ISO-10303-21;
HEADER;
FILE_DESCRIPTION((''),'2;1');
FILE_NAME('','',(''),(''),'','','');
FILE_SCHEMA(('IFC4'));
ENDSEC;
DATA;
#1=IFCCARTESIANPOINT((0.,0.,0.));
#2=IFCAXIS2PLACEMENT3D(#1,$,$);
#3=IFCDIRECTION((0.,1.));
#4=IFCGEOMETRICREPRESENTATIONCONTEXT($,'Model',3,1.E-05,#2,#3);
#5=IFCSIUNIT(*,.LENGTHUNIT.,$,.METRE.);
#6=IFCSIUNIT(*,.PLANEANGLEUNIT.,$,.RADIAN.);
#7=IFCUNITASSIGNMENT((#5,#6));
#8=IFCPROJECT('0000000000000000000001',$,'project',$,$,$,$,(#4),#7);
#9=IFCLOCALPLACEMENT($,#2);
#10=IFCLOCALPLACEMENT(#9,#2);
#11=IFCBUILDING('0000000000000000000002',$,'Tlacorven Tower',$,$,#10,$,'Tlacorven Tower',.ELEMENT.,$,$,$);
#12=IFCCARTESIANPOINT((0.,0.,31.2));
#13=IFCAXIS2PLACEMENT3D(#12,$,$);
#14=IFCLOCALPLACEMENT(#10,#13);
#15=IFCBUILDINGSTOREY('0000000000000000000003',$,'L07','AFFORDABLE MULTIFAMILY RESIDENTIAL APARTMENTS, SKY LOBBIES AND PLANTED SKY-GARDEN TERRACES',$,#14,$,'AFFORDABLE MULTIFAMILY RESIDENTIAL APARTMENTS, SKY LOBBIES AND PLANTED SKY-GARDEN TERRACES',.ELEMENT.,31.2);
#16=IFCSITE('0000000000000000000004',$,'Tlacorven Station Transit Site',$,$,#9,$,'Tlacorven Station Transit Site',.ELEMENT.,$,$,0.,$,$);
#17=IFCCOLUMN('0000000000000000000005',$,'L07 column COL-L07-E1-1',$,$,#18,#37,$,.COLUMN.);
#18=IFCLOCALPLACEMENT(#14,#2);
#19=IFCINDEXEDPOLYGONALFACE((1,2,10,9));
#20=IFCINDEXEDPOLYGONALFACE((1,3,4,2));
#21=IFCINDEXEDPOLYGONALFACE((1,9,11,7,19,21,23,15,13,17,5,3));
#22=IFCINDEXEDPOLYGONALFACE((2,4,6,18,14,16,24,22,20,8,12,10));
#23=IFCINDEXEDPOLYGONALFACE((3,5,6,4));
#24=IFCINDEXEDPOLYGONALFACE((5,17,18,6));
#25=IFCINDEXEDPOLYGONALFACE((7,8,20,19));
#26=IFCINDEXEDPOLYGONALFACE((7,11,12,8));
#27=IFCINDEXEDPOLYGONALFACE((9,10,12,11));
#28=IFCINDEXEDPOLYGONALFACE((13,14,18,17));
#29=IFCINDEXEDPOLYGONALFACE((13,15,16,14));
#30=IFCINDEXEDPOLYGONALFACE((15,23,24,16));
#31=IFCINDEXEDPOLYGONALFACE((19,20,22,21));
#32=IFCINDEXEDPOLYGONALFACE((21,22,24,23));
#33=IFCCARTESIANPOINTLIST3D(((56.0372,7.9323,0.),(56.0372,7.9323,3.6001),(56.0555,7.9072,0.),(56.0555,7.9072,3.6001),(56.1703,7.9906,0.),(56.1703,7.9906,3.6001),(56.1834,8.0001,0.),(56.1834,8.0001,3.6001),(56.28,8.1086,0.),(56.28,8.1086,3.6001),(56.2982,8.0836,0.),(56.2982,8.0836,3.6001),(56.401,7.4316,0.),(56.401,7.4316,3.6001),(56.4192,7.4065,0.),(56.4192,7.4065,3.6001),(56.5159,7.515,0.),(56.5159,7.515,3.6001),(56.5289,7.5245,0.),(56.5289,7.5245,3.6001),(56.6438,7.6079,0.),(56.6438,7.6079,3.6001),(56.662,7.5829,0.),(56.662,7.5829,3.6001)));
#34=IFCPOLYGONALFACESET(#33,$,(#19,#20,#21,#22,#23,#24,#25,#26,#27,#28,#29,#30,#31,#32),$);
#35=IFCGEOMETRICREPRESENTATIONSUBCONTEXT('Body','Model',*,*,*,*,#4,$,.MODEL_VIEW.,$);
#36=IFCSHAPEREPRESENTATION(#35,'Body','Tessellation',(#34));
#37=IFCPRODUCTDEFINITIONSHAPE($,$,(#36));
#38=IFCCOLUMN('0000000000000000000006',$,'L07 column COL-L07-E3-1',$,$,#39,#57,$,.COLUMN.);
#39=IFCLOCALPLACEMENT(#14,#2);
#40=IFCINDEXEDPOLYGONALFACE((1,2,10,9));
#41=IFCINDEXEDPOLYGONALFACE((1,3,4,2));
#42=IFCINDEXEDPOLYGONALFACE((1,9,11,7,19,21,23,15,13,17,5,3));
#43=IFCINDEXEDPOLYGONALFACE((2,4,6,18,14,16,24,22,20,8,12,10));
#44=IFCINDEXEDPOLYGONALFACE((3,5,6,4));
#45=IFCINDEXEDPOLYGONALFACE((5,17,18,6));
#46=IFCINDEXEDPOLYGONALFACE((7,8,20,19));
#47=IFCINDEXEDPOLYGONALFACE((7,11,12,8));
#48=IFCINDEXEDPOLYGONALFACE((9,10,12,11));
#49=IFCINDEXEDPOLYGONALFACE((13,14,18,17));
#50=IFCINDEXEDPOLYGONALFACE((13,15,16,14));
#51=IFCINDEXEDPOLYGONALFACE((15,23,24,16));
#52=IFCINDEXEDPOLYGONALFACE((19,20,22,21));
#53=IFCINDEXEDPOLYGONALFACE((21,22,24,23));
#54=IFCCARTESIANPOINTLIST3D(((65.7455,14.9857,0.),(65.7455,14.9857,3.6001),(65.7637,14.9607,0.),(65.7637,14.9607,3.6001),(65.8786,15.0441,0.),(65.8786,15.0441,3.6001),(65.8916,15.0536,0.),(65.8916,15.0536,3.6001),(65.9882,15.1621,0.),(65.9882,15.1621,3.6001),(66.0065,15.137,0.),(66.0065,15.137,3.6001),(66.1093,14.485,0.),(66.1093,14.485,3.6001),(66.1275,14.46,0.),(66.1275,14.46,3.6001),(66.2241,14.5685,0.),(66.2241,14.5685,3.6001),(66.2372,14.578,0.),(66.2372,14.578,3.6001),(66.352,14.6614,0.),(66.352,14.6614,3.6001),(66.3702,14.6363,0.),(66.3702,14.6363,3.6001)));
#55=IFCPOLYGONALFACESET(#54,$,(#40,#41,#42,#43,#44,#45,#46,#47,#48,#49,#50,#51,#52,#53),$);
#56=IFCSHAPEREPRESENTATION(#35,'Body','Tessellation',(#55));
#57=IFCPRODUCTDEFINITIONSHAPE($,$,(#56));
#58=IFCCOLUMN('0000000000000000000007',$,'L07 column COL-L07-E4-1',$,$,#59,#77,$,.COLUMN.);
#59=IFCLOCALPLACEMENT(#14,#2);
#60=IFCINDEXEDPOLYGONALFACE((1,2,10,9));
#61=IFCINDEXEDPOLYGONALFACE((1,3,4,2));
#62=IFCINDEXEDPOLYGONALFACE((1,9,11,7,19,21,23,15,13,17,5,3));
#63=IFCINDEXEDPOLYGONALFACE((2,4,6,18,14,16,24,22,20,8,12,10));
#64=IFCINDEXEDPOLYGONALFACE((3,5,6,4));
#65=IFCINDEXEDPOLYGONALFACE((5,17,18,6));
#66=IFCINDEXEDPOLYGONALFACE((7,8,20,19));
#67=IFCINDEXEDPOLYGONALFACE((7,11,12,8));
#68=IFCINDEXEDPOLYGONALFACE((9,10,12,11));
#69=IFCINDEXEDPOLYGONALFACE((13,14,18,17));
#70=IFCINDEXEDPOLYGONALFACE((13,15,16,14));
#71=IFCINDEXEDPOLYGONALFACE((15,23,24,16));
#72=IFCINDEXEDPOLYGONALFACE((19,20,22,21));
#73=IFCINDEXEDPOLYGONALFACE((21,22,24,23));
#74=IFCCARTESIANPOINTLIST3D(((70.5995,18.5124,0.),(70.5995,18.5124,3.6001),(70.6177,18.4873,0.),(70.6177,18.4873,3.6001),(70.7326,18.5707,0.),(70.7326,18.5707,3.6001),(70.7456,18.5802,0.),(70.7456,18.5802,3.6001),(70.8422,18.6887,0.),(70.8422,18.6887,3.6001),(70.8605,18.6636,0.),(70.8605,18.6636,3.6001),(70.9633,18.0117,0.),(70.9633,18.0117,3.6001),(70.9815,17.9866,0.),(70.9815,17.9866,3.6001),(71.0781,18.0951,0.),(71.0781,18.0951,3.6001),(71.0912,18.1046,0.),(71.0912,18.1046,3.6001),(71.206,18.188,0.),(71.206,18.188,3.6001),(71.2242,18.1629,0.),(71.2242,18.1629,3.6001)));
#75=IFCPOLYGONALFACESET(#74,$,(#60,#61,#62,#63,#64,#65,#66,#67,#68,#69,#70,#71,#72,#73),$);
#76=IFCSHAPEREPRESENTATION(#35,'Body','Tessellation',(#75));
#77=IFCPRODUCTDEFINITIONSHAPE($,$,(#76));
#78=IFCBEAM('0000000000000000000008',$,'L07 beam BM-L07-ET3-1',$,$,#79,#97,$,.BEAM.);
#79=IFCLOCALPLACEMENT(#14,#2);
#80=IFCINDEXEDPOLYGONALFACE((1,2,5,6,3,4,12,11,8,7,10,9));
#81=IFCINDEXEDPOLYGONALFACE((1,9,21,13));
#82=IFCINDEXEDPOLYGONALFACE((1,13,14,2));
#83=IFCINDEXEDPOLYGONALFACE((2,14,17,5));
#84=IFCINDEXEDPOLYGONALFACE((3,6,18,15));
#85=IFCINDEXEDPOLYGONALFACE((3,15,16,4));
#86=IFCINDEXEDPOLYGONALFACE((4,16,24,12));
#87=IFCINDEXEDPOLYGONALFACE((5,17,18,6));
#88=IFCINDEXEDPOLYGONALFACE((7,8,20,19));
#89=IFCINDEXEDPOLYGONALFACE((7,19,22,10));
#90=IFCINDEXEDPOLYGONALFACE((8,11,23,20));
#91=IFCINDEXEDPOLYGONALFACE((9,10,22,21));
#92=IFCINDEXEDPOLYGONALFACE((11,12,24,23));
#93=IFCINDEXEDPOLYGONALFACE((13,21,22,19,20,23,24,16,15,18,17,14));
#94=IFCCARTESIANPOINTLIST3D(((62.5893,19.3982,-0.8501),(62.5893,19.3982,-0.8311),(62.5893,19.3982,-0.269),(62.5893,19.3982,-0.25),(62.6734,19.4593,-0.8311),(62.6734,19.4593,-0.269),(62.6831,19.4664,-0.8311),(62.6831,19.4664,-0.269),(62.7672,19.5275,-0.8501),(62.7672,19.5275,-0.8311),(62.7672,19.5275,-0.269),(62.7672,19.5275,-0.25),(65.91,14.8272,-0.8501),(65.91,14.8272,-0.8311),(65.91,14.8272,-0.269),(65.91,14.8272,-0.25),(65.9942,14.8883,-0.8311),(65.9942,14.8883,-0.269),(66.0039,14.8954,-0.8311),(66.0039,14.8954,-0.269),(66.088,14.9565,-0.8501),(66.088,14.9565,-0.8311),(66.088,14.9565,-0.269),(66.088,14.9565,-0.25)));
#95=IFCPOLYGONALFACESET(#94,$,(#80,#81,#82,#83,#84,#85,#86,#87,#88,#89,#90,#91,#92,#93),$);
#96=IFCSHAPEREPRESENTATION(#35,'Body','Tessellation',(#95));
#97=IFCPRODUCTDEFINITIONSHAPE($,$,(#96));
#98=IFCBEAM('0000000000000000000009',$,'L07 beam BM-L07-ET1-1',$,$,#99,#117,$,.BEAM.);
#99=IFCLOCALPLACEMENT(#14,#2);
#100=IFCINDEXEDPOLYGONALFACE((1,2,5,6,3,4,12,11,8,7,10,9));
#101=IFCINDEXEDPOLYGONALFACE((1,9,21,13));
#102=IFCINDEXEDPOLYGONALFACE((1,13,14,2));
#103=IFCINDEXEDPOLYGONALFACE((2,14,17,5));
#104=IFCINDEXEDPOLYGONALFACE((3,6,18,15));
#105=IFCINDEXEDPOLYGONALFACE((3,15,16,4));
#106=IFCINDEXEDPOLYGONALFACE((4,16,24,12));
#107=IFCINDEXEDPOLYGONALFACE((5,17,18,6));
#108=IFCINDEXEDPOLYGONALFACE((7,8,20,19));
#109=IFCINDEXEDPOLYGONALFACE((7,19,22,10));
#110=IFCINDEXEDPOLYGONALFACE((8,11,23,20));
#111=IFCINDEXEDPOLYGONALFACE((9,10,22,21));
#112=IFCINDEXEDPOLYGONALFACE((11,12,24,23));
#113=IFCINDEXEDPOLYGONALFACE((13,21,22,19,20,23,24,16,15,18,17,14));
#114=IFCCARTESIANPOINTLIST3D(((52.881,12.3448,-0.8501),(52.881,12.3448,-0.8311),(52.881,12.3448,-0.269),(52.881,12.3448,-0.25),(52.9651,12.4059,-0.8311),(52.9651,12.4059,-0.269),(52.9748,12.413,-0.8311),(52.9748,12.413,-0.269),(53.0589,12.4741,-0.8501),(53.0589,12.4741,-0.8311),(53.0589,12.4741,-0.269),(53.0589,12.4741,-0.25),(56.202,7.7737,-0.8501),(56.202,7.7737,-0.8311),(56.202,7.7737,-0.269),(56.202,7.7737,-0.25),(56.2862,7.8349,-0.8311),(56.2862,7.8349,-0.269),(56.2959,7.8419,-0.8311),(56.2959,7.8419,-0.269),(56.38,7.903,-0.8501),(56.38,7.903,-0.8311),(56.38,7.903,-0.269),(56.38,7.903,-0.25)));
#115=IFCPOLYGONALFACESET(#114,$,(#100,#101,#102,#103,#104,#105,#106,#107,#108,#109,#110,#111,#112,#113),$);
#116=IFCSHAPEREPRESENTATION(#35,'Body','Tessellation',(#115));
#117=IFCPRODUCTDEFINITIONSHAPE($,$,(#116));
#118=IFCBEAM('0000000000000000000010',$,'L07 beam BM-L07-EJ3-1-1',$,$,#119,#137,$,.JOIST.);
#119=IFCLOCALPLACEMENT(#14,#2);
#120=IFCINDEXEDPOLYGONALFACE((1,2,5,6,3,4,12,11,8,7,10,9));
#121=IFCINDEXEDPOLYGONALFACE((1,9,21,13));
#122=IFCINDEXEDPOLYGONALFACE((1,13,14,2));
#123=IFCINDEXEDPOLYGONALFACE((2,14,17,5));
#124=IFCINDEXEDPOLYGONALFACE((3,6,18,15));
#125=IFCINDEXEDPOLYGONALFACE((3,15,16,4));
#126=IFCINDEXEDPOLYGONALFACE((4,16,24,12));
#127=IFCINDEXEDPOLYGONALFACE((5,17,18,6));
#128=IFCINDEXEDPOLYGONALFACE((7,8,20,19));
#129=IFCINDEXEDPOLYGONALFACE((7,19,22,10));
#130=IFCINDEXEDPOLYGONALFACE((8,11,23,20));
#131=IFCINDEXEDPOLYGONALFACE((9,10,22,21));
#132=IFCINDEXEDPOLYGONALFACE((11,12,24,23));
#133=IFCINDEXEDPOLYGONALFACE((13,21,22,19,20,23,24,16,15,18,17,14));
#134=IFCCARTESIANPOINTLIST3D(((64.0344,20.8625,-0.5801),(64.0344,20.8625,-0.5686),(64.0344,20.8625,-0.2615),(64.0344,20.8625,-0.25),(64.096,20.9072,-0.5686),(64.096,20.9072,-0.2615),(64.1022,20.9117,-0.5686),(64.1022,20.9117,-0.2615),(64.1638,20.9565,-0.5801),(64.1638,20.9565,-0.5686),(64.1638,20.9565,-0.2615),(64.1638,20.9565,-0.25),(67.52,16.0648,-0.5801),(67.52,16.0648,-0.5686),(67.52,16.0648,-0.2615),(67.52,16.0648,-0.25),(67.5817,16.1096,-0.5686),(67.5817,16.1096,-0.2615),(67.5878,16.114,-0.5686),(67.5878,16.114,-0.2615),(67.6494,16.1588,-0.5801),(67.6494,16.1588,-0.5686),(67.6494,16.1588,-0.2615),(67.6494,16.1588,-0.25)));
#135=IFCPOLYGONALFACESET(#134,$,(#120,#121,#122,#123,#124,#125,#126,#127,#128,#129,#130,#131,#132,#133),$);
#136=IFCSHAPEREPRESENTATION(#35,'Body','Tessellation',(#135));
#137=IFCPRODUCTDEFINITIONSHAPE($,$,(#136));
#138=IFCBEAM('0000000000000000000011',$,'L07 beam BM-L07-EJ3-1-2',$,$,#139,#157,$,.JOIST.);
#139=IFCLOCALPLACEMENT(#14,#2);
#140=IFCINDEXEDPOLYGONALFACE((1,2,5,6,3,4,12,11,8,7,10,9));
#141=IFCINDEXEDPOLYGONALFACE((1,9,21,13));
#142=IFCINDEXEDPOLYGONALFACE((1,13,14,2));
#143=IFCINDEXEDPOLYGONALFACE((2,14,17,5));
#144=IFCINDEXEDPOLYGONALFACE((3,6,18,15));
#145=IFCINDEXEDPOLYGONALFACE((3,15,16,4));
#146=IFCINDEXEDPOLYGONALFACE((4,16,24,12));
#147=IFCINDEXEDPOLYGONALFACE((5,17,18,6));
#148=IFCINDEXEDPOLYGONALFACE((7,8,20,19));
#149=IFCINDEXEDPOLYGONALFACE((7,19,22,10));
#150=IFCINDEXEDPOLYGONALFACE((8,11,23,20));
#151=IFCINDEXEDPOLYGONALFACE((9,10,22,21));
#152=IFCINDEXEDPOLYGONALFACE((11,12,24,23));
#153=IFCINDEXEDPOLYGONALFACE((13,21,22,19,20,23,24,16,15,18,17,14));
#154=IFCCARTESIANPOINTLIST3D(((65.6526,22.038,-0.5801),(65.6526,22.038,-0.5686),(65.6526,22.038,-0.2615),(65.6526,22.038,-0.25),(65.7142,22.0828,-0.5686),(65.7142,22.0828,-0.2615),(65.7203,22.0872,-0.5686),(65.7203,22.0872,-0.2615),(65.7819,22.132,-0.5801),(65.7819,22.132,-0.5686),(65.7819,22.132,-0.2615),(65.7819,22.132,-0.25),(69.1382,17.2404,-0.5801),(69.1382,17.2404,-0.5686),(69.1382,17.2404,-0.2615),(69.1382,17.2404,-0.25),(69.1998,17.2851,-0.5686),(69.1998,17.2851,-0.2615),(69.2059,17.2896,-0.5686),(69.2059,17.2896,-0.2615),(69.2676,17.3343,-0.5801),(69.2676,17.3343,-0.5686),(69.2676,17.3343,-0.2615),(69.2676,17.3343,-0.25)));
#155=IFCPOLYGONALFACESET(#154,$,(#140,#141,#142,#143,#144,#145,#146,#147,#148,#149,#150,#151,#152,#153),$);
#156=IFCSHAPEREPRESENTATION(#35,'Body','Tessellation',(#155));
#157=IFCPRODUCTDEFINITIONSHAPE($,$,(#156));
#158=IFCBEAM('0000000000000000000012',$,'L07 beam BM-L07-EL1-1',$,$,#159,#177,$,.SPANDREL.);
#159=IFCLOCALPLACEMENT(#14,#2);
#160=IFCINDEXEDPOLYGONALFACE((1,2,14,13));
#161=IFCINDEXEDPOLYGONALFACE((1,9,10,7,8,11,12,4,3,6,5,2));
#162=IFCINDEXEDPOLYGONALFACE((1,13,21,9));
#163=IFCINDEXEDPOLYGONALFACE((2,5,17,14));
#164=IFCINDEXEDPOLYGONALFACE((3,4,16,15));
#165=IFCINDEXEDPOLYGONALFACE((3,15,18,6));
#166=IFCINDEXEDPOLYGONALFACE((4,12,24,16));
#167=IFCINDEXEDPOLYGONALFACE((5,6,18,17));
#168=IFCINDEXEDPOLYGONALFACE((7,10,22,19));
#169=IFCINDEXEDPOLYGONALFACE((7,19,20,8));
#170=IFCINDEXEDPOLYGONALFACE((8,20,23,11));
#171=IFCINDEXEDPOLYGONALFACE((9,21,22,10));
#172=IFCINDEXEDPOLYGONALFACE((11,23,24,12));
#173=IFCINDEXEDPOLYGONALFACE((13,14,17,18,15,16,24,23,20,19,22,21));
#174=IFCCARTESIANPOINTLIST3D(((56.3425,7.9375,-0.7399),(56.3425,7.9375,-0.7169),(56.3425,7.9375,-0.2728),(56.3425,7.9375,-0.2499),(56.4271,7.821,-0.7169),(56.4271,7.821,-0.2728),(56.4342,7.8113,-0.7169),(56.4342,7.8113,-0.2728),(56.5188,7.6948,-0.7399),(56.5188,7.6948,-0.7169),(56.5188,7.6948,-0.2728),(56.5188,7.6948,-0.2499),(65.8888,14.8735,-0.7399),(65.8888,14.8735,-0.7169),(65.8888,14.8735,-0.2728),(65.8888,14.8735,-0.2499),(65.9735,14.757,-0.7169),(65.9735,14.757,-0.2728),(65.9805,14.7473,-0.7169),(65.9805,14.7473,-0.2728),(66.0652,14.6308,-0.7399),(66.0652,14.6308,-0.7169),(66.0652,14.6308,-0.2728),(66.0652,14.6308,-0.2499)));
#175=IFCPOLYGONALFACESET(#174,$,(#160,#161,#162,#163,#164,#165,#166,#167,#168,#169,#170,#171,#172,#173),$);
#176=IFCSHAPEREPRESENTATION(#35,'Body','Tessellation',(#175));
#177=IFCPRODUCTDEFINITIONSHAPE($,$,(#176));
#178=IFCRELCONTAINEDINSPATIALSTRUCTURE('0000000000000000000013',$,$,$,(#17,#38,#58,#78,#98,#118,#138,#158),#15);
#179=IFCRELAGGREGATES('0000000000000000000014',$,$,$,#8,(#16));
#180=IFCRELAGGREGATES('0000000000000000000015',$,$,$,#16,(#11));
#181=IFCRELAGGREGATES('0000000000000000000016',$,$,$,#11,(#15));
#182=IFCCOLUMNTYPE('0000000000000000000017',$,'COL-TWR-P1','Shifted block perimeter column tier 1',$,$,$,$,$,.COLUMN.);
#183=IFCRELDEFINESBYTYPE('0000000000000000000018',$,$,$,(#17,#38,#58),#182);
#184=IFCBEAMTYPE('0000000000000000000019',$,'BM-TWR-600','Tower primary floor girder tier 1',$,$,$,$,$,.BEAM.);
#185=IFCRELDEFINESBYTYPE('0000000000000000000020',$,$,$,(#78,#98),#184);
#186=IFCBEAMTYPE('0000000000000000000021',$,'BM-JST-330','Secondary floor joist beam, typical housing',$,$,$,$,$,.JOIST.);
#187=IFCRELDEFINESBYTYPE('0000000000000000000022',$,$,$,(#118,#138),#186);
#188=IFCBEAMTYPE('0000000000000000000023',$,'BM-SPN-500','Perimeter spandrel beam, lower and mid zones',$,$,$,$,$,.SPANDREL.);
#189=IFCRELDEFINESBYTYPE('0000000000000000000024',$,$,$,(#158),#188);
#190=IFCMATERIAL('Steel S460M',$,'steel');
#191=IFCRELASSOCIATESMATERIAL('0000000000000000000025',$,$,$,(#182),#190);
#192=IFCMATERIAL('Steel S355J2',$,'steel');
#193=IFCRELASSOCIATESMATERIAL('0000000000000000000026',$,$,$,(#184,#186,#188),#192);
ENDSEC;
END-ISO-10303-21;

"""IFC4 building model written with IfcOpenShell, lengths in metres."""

from ifc_helpers import new_model, si_unit, direction, frame, origin, origin_2d, place, context, subcontext, project, spatial, i_section, extrude, source, transform, mapped, material, material_profile, profile_set, type_object, element, save


model = new_model("IFC4")

# Units and contexts
model_context = context("Model", 3, precision=1e-05, world=origin(), true_north=direction((0.0, 1.0)))
body_context = subcontext(model_context, "Body", "Model", "MODEL_VIEW")
ifc_project = project(units=[si_unit("LENGTHUNIT", "METRE"), si_unit("PLANEANGLEUNIT", "RADIAN")], contexts=[model_context])

# Site, building, storey
site_placement = place(None, origin())
site = spatial("IfcSite", under=ifc_project, at=site_placement, Name="Tlacorven Station Transit Site", LongName="Tlacorven Station Transit Site", CompositionType="ELEMENT", RefElevation=0.0)
building_placement = place(site_placement, origin())
building = spatial("IfcBuilding", under=site, at=building_placement, Name="Tlacorven Tower", LongName="Tlacorven Tower", CompositionType="ELEMENT")
storey_placement = place(building_placement, frame((0.0, 0.0, 31.2)))
storey = spatial("IfcBuildingStorey", under=building, at=storey_placement, Name="L07", Description="AFFORDABLE MULTIFAMILY RESIDENTIAL APARTMENTS, SKY LOBBIES AND PLANTED SKY-GARDEN TERRACES", LongName="AFFORDABLE MULTIFAMILY RESIDENTIAL APARTMENTS, SKY LOBBIES AND PLANTED SKY-GARDEN TERRACES", CompositionType="ELEMENT", Elevation=31.2)

# Columns
ifc_material_1 = material(Name="Steel S460M", Category="steel")
ifc_material_profile_1 = material_profile(ifc_material_1, i_section(OverallWidth=0.3, OverallDepth=0.6499, WebThickness=0.0161, FlangeThickness=0.031, at=origin_2d()), Name="HEB 650")
ifc_profile_set_1 = profile_set([ifc_material_profile_1], Name="Steel S460M")
column_type = type_object("IfcColumnType", Name="COL-TWR-P1", Description="Shifted block perimeter column tier 1", PredefinedType="COLUMN", material=ifc_profile_set_1)
shared_shape_1 = source(origin(), body_context, "Body", "SweptSolid", [
    extrude(i_section(OverallWidth=0.3, OverallDepth=0.6499, WebThickness=0.0161, FlangeThickness=0.031, at=origin_2d()), origin(), (0.0, 0.0, 1.0), 3.6001),
])
for number, where, z_axis, x_axis, name in (
    (1, (56.3496, 7.7576, 0.0), (0.0, 0.0, 1.0), (0.809017, 0.587785, 0.0), "L07 column COL-L07-E1-1"),
    (2, (66.0579, 14.811, 0.0), (0.0, 0.0, 1.0), (0.809017, 0.587785, 0.0), "L07 column COL-L07-E3-1"),
    (3, (70.9119, 18.3376, 0.0), (0.0, 0.0, 1.0), (0.809017, 0.587785, 0.0), "L07 column COL-L07-E4-1"),
):
    element("IfcColumn", number, at=place(storey_placement, frame(where, z_axis=z_axis, x_axis=x_axis)), inside=storey, type_object=column_type, Name=name, PredefinedType="COLUMN", context=body_context, shape_type="MappedRepresentation", body=[
        mapped(shared_shape_1, transform((0.0, 0.0, 0.0), scale=1.0)),
    ])

# Beams
ifc_material_2 = material(Name="Steel S355J2", Category="steel")
ifc_material_profile_2 = material_profile(ifc_material_2, i_section(OverallWidth=0.22, OverallDepth=0.6001, WebThickness=0.012, FlangeThickness=0.019, at=origin_2d()), Name="IPE 600")
ifc_profile_set_2 = profile_set([ifc_material_profile_2], Name="Steel S355J2")
beam_type_1 = type_object("IfcBeamType", Name="BM-TWR-600", Description="Tower primary floor girder tier 1", PredefinedType="BEAM", material=ifc_profile_set_2)
shared_shape_2 = source(origin(), body_context, "Body", "SweptSolid", [
    extrude(i_section(OverallWidth=0.22, OverallDepth=0.6001, WebThickness=0.012, FlangeThickness=0.019, at=origin_2d()), origin(), (0.0, 0.0, 1.0), 5.6499),
])
beam_1_placement = place(storey_placement, frame((65.999, 14.8918, -0.55), z_axis=(-0.587755, 0.809039, 0.0), x_axis=(-0.809039, -0.587755, 0.0)))
element("IfcBeam", 4, at=beam_1_placement, inside=storey, type_object=beam_type_1, Name="L07 beam BM-L07-ET3-1", PredefinedType="BEAM", context=body_context, shape_type="MappedRepresentation", body=[
    mapped(shared_shape_2, transform((0.0, 0.0, 0.0), scale=1.0)),
])
shared_shape_3 = source(origin(), body_context, "Body", "SweptSolid", [
    extrude(i_section(OverallWidth=0.22, OverallDepth=0.6001, WebThickness=0.012, FlangeThickness=0.019, at=origin_2d()), origin(), (0.0, 0.0, 1.0), 5.6501),
])
beam_2_placement = place(storey_placement, frame((56.291, 7.8384, -0.55), z_axis=(-0.587784, 0.809018, 0.0), x_axis=(-0.809018, -0.587784, 0.0)))
element("IfcBeam", 5, at=beam_2_placement, inside=storey, type_object=beam_type_1, Name="L07 beam BM-L07-ET1-1", PredefinedType="BEAM", context=body_context, shape_type="MappedRepresentation", body=[
    mapped(shared_shape_3, transform((0.0, 0.0, 0.0), scale=1.0)),
])
ifc_material_profile_3 = material_profile(ifc_material_2, i_section(OverallWidth=0.1599, OverallDepth=0.3301, WebThickness=0.0076, FlangeThickness=0.0115, at=origin_2d()), Name="IPE 330")
ifc_profile_set_3 = profile_set([ifc_material_profile_3], Name="Steel S355J2")
beam_type_2 = type_object("IfcBeamType", Name="BM-JST-330", Description="Secondary floor joist beam, typical housing", PredefinedType="JOIST", material=ifc_profile_set_3)
shared_shape_4 = source(origin(), body_context, "Body", "SweptSolid", [
    extrude(i_section(OverallWidth=0.1599, OverallDepth=0.3301, WebThickness=0.0076, FlangeThickness=0.0115, at=origin_2d()), origin(), (0.0, 0.0, 1.0), 5.9302),
])
for number, where, z_axis, x_axis, name in (
    (6, (67.5847, 16.1118, -0.415), (-0.587778, 0.809023, 0.0), (-0.809023, -0.587778, 0.0), "L07 beam BM-L07-EJ3-1-1"),
    (7, (69.2029, 17.2874, -0.415), (-0.587778, 0.809023, 0.0), (-0.809023, -0.587778, 0.0), "L07 beam BM-L07-EJ3-1-2"),
):
    element("IfcBeam", number, at=place(storey_placement, frame(where, z_axis=z_axis, x_axis=x_axis)), inside=storey, type_object=beam_type_2, Name=name, PredefinedType="JOIST", context=body_context, shape_type="MappedRepresentation", body=[
        mapped(shared_shape_4, transform((0.0, 0.0, 0.0), scale=1.0)),
    ])
ifc_material_profile_4 = material_profile(ifc_material_2, i_section(OverallWidth=0.3, OverallDepth=0.49, WebThickness=0.012, FlangeThickness=0.0229, at=origin_2d()), Name="HEA 500")
ifc_profile_set_4 = profile_set([ifc_material_profile_4], Name="Steel S355J2")
beam_type_3 = type_object("IfcBeamType", Name="BM-SPN-500", Description="Perimeter spandrel beam, lower and mid zones", PredefinedType="SPANDREL", material=ifc_profile_set_4)
shared_shape_5 = source(origin(), body_context, "Body", "SweptSolid", [
    extrude(i_section(OverallWidth=0.3, OverallDepth=0.49, WebThickness=0.012, FlangeThickness=0.0229, at=origin_2d()), origin(), (0.0, 0.0, 1.0), 11.8),
])
beam_3_placement = place(storey_placement, frame((56.4307, 7.8162, -0.4949), z_axis=(0.80901, 0.587795, 0.0), x_axis=(-0.587795, 0.80901, 0.0)))
element("IfcBeam", 8, at=beam_3_placement, inside=storey, type_object=beam_type_3, Name="L07 beam BM-L07-EL1-1", PredefinedType="SPANDREL", context=body_context, shape_type="MappedRepresentation", body=[
    mapped(shared_shape_5, transform((0.0, 0.0, 0.0), scale=1.0)),
])

save(model, "model.ifc")
